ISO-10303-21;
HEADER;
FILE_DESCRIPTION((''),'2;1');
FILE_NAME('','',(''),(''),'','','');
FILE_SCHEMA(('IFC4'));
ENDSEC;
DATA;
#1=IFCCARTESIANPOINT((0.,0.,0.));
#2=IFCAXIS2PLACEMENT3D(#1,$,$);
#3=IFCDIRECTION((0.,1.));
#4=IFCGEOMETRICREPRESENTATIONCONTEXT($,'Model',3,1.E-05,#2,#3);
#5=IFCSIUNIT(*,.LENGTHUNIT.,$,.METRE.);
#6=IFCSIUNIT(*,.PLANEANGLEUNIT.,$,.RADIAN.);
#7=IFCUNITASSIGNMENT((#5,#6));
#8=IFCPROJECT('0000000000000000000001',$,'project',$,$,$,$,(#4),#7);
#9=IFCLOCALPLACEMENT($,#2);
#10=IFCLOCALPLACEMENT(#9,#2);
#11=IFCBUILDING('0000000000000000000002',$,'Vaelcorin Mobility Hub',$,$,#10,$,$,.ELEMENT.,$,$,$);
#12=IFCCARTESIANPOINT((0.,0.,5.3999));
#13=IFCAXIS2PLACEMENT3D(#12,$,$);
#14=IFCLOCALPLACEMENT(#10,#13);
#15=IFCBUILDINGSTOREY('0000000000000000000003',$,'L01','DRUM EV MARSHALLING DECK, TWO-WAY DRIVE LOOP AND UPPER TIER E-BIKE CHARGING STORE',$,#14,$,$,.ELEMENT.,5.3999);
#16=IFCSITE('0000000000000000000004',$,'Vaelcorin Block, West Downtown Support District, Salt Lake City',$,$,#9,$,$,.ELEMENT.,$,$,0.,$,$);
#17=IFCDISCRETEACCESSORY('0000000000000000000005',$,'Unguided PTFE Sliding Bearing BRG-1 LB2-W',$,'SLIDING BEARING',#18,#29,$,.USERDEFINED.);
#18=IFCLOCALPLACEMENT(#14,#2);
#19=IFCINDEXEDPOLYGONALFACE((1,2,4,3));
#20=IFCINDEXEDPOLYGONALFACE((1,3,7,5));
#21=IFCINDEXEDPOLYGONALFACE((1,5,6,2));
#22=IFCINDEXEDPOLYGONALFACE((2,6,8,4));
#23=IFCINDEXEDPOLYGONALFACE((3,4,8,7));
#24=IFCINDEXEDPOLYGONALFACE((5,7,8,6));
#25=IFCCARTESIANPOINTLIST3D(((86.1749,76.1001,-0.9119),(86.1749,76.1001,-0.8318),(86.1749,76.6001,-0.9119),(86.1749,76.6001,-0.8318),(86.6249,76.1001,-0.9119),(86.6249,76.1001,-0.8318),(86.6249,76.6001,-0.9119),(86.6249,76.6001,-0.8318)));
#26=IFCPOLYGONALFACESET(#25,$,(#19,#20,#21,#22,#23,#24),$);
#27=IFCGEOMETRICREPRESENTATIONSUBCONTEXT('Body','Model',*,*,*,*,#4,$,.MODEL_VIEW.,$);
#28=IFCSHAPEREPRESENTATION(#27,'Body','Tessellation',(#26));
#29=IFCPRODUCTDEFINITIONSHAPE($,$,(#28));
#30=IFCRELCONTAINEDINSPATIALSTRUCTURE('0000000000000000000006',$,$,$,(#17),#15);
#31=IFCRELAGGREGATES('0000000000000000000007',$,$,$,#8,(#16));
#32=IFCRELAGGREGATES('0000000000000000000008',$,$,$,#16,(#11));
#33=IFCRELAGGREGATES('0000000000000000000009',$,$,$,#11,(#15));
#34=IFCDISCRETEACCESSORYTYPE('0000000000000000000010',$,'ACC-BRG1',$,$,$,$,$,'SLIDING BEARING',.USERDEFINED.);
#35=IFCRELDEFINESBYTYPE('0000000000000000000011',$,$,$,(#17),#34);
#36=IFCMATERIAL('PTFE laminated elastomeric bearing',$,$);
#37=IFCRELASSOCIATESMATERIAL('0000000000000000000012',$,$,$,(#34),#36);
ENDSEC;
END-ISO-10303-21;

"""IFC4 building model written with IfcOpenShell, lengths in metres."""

from ifc_helpers import new_model, si_unit, direction, frame, origin, origin_2d, place, context, subcontext, project, spatial, rectangle, extrude, material, type_object, element, save


model = new_model("IFC4")

# Units and contexts
model_context = context("Model", 3, precision=1e-05, world=origin(), true_north=direction((0.0, 1.0)))
body_context = subcontext(model_context, "Body", "Model", "MODEL_VIEW")
ifc_project = project(units=[si_unit("LENGTHUNIT", "METRE"), si_unit("PLANEANGLEUNIT", "RADIAN")], contexts=[model_context])

# Site, building, storey
site_placement = place(None, origin())
site = spatial("IfcSite", under=ifc_project, at=site_placement, Name="Vaelcorin Block, West Downtown Support District, Salt Lake City", CompositionType="ELEMENT", RefElevation=0.0)
building_placement = place(site_placement, origin())
building = spatial("IfcBuilding", under=site, at=building_placement, Name="Vaelcorin Mobility Hub", CompositionType="ELEMENT")
storey_placement = place(building_placement, frame((0.0, 0.0, 5.3999)))
storey = spatial("IfcBuildingStorey", under=building, at=storey_placement, Name="L01", Description="DRUM EV MARSHALLING DECK, TWO-WAY DRIVE LOOP AND UPPER TIER E-BIKE CHARGING STORE", CompositionType="ELEMENT", Elevation=5.3999)

# Discrete accessory
ifc_material_1 = material(Name="PTFE laminated elastomeric bearing")
discrete_accessory_type = type_object("IfcDiscreteAccessoryType", Name="ACC-BRG1", ElementType="SLIDING BEARING", PredefinedType="USERDEFINED", material=ifc_material_1)
discrete_accessory_placement = place(storey_placement, frame((86.3999, 76.3501, -0.9119), z_axis=(0.0, 0.0, 1.0), x_axis=(1.0, 0.0, 0.0)))
element("IfcDiscreteAccessory", 1, at=discrete_accessory_placement, inside=storey, type_object=discrete_accessory_type, Name="Unguided PTFE Sliding Bearing BRG-1 LB2-W", ObjectType="SLIDING BEARING", PredefinedType="USERDEFINED", context=body_context, shape_type="SweptSolid", body=[
    extrude(rectangle(XDim=0.45, YDim=0.5, at=origin_2d()), origin(), (0.0, 0.0, 1.0), 0.0801),
])

save(model, "model.ifc")
